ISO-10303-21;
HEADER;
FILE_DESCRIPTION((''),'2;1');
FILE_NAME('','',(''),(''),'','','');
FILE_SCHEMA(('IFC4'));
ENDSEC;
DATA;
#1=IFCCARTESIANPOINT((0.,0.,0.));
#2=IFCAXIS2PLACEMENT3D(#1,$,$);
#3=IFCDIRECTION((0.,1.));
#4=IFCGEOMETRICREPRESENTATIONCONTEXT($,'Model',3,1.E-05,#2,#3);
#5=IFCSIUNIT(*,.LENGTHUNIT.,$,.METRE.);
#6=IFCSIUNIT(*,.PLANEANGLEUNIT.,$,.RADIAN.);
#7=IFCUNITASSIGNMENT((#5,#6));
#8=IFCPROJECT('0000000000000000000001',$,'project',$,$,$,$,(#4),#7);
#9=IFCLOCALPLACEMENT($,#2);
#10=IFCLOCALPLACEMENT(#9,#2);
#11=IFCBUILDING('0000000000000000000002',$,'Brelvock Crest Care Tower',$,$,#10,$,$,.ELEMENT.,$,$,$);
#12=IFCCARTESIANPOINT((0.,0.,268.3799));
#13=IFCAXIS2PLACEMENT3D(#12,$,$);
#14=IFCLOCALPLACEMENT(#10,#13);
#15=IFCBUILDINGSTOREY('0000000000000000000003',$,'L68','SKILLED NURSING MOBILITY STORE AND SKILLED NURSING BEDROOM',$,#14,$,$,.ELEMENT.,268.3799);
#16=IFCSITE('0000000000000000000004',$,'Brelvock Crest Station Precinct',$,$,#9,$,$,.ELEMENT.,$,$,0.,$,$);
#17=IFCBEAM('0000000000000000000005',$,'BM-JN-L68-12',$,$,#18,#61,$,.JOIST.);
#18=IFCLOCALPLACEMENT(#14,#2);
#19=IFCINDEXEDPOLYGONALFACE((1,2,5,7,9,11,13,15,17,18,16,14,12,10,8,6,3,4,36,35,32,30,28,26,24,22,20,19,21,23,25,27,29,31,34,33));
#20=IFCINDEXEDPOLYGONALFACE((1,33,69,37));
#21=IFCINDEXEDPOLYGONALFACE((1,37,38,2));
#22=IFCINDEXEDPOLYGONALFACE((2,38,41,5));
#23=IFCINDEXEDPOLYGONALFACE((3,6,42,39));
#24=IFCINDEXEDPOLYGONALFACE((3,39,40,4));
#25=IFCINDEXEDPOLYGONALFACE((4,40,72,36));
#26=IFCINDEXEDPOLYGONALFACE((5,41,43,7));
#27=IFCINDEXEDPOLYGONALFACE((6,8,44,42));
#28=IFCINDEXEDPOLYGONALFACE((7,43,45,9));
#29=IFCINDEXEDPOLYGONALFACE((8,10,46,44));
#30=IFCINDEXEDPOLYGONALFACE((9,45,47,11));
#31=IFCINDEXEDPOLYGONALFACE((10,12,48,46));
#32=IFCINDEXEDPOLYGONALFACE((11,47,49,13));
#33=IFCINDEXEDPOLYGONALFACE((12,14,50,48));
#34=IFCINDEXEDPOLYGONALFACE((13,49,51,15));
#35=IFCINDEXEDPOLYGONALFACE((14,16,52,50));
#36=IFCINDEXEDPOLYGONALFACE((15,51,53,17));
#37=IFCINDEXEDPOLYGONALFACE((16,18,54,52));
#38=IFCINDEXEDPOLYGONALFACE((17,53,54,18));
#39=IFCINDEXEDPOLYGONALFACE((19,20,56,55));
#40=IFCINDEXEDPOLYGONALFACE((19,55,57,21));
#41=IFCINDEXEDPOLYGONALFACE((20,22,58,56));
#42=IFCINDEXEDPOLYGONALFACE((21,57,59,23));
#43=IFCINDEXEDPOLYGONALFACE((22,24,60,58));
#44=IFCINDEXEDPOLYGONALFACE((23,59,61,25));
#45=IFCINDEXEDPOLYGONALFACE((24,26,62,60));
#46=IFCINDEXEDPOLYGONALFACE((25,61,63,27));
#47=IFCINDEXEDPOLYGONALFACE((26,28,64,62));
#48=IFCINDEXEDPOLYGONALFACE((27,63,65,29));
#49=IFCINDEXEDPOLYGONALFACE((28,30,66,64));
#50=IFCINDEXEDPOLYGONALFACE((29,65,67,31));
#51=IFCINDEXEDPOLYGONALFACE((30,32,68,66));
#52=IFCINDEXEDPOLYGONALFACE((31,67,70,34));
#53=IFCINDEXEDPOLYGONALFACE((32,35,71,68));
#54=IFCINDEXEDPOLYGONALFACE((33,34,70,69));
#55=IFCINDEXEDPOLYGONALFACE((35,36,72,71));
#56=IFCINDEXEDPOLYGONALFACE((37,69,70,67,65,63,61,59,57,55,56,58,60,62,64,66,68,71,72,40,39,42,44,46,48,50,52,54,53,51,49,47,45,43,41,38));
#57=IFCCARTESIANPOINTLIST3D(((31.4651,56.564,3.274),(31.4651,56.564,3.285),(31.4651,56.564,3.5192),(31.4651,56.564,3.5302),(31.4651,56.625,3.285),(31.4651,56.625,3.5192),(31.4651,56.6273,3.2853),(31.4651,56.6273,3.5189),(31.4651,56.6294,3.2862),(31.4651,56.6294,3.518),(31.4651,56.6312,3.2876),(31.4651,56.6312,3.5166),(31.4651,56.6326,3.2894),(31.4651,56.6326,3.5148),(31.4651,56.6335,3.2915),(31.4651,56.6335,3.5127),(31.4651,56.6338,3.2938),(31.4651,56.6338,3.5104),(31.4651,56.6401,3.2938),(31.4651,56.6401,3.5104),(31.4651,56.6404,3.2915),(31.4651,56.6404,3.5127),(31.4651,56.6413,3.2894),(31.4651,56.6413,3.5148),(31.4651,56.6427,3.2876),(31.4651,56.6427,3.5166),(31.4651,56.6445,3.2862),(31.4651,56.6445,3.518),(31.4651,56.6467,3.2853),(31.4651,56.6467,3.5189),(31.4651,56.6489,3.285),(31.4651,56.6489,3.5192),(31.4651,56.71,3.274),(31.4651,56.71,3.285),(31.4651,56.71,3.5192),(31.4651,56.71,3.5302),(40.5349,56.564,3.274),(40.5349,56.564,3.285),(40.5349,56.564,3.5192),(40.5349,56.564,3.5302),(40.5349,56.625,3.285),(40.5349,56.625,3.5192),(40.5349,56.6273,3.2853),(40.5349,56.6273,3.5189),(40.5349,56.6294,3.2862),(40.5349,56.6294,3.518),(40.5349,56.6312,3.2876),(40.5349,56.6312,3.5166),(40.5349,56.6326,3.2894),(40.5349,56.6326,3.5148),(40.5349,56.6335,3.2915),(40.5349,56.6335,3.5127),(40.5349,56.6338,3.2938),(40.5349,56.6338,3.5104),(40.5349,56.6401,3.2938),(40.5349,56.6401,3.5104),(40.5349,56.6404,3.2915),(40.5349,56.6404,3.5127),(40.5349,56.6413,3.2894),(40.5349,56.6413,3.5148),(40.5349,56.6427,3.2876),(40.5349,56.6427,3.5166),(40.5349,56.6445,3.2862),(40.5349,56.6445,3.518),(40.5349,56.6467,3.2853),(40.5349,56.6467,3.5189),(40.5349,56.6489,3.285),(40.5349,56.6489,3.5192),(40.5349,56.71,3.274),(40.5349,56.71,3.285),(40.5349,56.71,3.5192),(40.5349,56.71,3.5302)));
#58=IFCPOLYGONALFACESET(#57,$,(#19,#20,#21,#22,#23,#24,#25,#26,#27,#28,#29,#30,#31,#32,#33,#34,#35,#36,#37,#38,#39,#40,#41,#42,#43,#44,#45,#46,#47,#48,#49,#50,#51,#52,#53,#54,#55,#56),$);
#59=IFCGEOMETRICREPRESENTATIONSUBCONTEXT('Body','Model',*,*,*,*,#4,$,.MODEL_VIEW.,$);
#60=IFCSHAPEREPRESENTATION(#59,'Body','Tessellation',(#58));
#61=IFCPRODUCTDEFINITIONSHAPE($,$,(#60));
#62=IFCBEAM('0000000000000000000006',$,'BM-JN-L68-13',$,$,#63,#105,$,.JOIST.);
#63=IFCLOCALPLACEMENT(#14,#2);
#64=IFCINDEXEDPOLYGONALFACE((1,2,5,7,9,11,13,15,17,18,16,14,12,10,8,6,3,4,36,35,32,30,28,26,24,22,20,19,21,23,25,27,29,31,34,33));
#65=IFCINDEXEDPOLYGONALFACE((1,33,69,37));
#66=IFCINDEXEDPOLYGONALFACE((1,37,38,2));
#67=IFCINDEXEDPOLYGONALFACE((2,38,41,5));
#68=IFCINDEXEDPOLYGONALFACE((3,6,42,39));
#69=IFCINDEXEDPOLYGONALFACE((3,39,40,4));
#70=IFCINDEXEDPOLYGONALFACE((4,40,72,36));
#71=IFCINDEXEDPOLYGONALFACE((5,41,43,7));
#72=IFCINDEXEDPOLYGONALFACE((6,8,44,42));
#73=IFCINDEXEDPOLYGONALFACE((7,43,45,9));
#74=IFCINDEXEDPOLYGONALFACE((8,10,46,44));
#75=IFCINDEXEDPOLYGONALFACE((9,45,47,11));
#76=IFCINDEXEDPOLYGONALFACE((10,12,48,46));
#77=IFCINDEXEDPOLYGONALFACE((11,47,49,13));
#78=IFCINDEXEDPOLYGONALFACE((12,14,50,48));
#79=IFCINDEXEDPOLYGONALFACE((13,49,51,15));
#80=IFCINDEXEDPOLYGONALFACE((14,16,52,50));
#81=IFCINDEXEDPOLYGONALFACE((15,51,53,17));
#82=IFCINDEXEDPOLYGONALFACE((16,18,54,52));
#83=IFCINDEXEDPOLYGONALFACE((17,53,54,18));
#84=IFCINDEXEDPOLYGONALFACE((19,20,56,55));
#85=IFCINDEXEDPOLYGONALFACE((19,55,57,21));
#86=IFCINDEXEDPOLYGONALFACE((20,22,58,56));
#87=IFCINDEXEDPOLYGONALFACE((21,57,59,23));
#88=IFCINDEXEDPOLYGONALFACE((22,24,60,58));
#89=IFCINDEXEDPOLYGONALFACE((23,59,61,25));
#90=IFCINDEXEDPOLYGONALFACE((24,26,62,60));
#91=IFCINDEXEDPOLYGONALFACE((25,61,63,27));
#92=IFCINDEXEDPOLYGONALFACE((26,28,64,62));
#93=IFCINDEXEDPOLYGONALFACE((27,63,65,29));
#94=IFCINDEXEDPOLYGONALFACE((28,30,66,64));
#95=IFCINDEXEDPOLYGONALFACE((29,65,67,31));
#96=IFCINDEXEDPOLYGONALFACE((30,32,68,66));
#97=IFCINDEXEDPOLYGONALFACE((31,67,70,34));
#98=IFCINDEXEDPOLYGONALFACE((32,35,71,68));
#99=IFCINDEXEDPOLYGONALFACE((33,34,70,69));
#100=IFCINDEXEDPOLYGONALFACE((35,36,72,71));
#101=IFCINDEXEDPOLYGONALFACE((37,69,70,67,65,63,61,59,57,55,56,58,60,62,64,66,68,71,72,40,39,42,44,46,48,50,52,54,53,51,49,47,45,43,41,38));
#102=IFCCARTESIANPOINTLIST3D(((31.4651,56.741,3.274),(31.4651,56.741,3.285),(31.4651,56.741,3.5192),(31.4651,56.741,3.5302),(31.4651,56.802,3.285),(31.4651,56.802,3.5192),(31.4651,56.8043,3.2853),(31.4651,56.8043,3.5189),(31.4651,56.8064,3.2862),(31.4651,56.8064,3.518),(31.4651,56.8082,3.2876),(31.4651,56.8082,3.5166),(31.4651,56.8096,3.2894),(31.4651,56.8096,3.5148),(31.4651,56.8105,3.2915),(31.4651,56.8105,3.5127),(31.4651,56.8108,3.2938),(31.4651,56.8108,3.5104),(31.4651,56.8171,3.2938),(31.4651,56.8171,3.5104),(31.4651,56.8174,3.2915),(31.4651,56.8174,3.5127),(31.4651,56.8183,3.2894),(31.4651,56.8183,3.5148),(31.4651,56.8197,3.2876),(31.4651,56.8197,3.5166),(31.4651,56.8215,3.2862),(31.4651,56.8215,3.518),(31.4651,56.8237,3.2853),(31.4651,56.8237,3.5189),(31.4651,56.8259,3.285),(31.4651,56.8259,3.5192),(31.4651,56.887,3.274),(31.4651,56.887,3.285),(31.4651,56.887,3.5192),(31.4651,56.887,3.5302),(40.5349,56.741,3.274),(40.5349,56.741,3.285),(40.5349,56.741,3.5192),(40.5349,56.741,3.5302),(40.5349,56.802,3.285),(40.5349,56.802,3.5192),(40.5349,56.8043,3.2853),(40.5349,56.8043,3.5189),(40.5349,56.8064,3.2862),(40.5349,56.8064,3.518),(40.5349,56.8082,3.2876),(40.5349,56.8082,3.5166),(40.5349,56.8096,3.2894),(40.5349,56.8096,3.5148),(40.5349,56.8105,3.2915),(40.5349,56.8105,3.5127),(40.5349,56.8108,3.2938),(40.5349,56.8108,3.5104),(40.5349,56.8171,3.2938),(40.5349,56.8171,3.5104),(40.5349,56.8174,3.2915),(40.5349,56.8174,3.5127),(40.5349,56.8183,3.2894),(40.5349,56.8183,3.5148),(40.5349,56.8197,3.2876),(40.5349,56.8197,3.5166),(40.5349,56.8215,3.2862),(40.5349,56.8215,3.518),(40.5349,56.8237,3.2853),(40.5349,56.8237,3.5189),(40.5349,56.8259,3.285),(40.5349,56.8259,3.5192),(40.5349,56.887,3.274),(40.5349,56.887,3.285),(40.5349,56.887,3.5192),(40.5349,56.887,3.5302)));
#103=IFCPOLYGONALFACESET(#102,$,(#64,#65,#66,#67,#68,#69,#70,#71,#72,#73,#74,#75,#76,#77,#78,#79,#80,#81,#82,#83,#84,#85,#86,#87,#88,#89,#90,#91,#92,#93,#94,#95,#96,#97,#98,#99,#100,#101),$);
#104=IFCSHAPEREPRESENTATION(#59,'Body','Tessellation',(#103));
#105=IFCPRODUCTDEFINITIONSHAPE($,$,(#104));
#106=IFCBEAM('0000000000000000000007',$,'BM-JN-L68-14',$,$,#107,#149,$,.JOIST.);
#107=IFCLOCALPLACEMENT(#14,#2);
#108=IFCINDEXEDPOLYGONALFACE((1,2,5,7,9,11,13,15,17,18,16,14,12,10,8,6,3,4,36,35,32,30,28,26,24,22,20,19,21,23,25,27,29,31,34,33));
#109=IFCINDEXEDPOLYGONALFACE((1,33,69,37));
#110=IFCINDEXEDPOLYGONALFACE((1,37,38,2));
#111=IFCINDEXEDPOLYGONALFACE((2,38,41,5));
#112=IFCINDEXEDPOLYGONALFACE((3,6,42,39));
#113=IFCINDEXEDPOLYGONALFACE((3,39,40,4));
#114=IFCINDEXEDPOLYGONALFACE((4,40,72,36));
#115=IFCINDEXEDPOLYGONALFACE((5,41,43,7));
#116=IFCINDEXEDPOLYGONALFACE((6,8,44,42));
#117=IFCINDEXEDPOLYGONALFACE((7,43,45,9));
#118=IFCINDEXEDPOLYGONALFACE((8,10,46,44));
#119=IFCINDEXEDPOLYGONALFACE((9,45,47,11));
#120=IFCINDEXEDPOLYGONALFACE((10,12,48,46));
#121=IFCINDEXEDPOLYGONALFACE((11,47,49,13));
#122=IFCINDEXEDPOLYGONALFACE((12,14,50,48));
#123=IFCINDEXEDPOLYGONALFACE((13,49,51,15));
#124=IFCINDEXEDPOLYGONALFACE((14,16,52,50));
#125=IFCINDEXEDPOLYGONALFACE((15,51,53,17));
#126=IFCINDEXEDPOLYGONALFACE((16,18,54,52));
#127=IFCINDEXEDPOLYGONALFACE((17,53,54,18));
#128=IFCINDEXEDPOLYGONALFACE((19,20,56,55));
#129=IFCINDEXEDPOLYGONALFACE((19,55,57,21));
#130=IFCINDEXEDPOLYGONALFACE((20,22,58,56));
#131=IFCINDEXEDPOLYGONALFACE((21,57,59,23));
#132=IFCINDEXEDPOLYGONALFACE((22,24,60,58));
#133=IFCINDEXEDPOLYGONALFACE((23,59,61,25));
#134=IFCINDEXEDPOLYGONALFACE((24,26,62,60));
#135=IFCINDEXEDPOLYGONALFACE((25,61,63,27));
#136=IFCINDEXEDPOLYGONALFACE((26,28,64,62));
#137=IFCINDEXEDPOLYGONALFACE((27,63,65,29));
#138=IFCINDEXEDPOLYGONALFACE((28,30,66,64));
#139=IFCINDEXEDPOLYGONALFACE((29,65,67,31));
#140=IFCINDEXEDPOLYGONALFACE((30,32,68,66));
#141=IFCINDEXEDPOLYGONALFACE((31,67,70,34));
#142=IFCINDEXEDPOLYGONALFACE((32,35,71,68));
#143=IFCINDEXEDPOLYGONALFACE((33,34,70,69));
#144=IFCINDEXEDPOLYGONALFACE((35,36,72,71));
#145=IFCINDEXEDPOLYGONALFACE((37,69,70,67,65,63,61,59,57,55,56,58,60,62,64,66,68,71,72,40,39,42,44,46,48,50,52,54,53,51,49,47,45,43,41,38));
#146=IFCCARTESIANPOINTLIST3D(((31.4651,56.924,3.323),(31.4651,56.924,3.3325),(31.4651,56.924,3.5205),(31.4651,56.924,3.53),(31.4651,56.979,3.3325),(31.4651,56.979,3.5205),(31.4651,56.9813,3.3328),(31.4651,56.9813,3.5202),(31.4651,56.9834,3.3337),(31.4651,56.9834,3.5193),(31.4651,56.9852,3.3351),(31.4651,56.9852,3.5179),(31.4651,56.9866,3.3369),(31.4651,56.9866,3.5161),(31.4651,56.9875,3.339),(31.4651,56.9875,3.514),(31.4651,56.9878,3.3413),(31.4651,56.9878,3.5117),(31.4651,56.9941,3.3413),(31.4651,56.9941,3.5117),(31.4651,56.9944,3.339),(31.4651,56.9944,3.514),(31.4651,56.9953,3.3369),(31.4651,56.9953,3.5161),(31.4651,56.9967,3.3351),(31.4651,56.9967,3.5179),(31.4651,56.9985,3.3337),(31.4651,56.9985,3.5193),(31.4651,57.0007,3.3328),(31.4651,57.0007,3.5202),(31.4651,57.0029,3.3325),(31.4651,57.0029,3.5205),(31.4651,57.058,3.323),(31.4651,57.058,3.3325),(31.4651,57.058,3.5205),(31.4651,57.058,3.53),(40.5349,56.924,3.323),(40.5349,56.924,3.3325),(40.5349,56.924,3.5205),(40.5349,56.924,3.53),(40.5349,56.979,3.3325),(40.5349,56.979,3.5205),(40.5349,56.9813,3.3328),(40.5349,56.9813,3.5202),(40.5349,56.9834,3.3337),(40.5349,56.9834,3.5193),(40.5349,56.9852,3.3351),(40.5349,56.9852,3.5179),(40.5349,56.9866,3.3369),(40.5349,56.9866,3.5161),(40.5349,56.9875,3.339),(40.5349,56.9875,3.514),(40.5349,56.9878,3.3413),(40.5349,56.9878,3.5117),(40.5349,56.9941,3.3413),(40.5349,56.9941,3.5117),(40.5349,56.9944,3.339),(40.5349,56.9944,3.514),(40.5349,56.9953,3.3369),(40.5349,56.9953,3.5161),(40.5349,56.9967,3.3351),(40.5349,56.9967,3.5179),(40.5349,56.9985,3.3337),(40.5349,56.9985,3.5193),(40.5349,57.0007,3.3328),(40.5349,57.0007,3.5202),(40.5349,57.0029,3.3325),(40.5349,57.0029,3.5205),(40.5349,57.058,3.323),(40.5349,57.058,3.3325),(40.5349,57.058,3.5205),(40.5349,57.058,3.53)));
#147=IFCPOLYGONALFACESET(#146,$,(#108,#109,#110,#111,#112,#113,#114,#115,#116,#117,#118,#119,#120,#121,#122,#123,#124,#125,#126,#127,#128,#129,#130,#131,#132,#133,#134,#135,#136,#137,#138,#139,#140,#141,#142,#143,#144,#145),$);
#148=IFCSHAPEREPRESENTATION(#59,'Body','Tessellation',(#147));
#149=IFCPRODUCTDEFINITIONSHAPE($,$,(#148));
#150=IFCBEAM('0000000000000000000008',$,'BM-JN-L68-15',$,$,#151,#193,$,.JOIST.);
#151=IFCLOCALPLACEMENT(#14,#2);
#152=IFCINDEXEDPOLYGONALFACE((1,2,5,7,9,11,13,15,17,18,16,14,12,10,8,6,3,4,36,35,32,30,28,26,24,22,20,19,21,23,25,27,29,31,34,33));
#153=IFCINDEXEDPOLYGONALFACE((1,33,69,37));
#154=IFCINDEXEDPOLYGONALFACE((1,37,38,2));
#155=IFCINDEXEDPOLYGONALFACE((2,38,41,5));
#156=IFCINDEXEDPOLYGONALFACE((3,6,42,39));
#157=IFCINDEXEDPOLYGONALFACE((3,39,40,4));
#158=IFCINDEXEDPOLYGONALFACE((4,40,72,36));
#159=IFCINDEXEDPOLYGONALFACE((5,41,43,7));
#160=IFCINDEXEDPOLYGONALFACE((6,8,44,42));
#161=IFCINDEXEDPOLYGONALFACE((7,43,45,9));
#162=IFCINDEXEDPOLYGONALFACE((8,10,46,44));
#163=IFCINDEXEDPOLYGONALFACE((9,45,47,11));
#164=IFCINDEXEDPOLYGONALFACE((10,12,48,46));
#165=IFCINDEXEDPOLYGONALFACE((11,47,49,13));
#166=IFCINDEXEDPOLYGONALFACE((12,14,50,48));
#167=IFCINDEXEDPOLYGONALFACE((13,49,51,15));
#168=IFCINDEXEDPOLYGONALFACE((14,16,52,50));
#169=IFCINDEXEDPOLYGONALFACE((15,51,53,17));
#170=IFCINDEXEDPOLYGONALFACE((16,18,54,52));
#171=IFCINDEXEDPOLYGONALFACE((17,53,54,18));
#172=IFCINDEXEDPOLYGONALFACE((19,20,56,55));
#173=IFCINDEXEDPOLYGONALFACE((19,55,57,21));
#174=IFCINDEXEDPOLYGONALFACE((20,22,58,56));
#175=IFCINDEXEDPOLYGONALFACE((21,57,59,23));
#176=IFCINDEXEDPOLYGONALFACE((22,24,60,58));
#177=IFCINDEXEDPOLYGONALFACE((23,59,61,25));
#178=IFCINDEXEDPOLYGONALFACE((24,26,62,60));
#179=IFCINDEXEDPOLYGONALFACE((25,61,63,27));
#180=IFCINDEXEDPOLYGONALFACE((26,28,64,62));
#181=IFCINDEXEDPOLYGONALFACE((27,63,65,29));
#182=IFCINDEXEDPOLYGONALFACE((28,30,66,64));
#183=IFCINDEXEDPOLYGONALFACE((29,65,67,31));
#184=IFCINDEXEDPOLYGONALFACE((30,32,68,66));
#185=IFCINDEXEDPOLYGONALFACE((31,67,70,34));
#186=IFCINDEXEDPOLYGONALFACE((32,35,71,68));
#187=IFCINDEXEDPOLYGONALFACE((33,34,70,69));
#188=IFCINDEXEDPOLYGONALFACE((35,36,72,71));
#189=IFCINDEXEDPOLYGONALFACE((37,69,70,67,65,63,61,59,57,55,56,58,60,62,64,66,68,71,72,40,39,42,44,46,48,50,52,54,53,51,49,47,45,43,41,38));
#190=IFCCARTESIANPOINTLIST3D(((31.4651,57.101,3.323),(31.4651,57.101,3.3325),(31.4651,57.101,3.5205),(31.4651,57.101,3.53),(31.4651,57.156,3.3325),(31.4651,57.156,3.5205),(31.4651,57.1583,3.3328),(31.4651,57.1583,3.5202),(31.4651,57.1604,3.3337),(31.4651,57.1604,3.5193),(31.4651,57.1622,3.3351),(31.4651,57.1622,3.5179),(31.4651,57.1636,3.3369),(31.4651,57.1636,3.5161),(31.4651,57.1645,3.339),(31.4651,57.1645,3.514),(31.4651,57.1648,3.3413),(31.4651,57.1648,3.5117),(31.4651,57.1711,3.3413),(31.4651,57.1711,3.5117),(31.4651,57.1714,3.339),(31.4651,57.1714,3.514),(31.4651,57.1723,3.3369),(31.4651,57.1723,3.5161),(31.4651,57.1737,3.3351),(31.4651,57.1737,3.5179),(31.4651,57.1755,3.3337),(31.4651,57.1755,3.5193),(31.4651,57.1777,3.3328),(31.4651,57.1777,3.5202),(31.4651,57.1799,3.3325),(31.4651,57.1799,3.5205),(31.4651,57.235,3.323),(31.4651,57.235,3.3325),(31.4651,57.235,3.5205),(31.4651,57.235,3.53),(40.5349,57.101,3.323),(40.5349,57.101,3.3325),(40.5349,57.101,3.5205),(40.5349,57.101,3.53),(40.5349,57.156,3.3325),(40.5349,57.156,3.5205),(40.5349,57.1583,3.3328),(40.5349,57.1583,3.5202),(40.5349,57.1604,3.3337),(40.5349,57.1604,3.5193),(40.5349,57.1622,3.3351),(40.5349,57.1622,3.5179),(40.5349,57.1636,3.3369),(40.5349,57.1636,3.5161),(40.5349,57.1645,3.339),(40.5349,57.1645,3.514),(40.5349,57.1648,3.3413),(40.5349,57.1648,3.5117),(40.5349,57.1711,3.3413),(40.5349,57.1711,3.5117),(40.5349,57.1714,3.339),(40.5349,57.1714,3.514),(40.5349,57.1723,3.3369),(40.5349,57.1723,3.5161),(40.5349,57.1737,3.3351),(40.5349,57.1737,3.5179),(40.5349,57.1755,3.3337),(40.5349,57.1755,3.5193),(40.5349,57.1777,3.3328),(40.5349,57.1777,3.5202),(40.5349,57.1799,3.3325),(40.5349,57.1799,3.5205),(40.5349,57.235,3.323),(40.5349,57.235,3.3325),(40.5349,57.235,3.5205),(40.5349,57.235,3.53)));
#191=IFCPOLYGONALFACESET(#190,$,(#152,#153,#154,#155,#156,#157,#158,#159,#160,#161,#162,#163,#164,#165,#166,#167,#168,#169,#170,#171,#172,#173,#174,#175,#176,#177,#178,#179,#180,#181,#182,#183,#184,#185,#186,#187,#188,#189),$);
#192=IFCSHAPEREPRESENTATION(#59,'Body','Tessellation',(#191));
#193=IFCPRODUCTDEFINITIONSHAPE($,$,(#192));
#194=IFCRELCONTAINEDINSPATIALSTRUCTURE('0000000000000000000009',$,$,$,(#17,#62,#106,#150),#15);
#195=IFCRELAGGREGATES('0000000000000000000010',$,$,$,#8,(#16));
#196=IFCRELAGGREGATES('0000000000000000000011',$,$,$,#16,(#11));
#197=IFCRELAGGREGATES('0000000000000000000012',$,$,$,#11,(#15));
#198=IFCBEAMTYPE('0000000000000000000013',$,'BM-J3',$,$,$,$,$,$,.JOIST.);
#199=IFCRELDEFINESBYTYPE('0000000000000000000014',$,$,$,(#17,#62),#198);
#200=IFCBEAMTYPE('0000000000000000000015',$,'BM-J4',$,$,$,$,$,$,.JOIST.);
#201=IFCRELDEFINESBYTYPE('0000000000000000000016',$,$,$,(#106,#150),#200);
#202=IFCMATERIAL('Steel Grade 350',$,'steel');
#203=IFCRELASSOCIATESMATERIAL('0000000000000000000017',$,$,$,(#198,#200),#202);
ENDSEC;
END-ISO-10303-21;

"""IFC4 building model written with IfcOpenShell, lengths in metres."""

from ifc_helpers import new_model, si_unit, direction, frame, origin, origin_2d, place, context, subcontext, project, spatial, i_section, extrude, source, transform, mapped, material, material_profile, profile_set, type_object, element, save


model = new_model("IFC4")

# Units and contexts
model_context = context("Model", 3, precision=1e-05, world=origin(), true_north=direction((0.0, 1.0)))
body_context = subcontext(model_context, "Body", "Model", "MODEL_VIEW")
ifc_project = project(units=[si_unit("LENGTHUNIT", "METRE"), si_unit("PLANEANGLEUNIT", "RADIAN")], contexts=[model_context])

# Site, building, storey
site_placement = place(None, origin())
site = spatial("IfcSite", under=ifc_project, at=site_placement, Name="Brelvock Crest Station Precinct", CompositionType="ELEMENT", RefElevation=0.0)
building_placement = place(site_placement, origin())
building = spatial("IfcBuilding", under=site, at=building_placement, Name="Brelvock Crest Care Tower", CompositionType="ELEMENT")
storey_placement = place(building_placement, frame((0.0, 0.0, 268.3799)))
storey = spatial("IfcBuildingStorey", under=building, at=storey_placement, Name="L68", Description="SKILLED NURSING MOBILITY STORE AND SKILLED NURSING BEDROOM", CompositionType="ELEMENT", Elevation=268.3799)

# Shared definitions
ifc_material_1 = material(Name="Steel Grade 350", Category="steel")

# Beams
ifc_material_profile_1 = material_profile(ifc_material_1, i_section(OverallWidth=0.146, OverallDepth=0.2561, WebThickness=0.0063, FlangeThickness=0.011, FilletRadius=0.0088, at=origin_2d()), Name="250UB37.3")
ifc_profile_set_1 = profile_set([ifc_material_profile_1], Name="Steel Grade 350")
beam_type_1 = type_object("IfcBeamType", Name="BM-J3", PredefinedType="JOIST", material=ifc_profile_set_1)
shared_shape_1 = source(origin(), body_context, "Body", "SweptSolid", [
    extrude(i_section(OverallWidth=0.146, OverallDepth=0.2561, WebThickness=0.0063, FlangeThickness=0.011, FilletRadius=0.0088, at=origin_2d()), origin(), (0.0, 0.0, 1.0), 9.0698),
])
for number, where, z_axis, x_axis, name in (
    (1, (31.4651, 56.637, 3.4021), (1.0, 0.0, 0.0), (0.0, 1.0, 0.0), "BM-JN-L68-12"),
    (2, (31.4651, 56.814, 3.4021), (1.0, 0.0, 0.0), (0.0, 1.0, 0.0), "BM-JN-L68-13"),
):
    element("IfcBeam", number, at=place(storey_placement, frame(where, z_axis=z_axis, x_axis=x_axis)), inside=storey, type_object=beam_type_1, Name=name, PredefinedType="JOIST", context=body_context, shape_type="MappedRepresentation", body=[
        mapped(shared_shape_1, transform((0.0, 0.0, 0.0), x_axis=(1.0, 0.0, 0.0), y_axis=(0.0, 1.0, 0.0), z_axis=(0.0, 0.0, 1.0), scale=1.0)),
    ])
ifc_material_profile_2 = material_profile(ifc_material_1, i_section(OverallWidth=0.134, OverallDepth=0.207, WebThickness=0.0063, FlangeThickness=0.0095, FilletRadius=0.0088, at=origin_2d()), Name="200UB29.8")
ifc_profile_set_2 = profile_set([ifc_material_profile_2], Name="Steel Grade 350")
beam_type_2 = type_object("IfcBeamType", Name="BM-J4", PredefinedType="JOIST", material=ifc_profile_set_2)
shared_shape_2 = source(origin(), body_context, "Body", "SweptSolid", [
    extrude(i_section(OverallWidth=0.134, OverallDepth=0.207, WebThickness=0.0063, FlangeThickness=0.0095, FilletRadius=0.0088, at=origin_2d()), origin(), (0.0, 0.0, 1.0), 9.0698),
])
for number, where, z_axis, x_axis, name in (
    (3, (31.4651, 56.991, 3.4265), (1.0, 0.0, 0.0), (0.0, 1.0, 0.0), "BM-JN-L68-14"),
    (4, (31.4651, 57.168, 3.4265), (1.0, 0.0, 0.0), (0.0, 1.0, 0.0), "BM-JN-L68-15"),
):
    element("IfcBeam", number, at=place(storey_placement, frame(where, z_axis=z_axis, x_axis=x_axis)), inside=storey, type_object=beam_type_2, Name=name, PredefinedType="JOIST", context=body_context, shape_type="MappedRepresentation", body=[
        mapped(shared_shape_2, transform((0.0, 0.0, 0.0), x_axis=(1.0, 0.0, 0.0), y_axis=(0.0, 1.0, 0.0), z_axis=(0.0, 0.0, 1.0), scale=1.0)),
    ])

save(model, "model.ifc")
